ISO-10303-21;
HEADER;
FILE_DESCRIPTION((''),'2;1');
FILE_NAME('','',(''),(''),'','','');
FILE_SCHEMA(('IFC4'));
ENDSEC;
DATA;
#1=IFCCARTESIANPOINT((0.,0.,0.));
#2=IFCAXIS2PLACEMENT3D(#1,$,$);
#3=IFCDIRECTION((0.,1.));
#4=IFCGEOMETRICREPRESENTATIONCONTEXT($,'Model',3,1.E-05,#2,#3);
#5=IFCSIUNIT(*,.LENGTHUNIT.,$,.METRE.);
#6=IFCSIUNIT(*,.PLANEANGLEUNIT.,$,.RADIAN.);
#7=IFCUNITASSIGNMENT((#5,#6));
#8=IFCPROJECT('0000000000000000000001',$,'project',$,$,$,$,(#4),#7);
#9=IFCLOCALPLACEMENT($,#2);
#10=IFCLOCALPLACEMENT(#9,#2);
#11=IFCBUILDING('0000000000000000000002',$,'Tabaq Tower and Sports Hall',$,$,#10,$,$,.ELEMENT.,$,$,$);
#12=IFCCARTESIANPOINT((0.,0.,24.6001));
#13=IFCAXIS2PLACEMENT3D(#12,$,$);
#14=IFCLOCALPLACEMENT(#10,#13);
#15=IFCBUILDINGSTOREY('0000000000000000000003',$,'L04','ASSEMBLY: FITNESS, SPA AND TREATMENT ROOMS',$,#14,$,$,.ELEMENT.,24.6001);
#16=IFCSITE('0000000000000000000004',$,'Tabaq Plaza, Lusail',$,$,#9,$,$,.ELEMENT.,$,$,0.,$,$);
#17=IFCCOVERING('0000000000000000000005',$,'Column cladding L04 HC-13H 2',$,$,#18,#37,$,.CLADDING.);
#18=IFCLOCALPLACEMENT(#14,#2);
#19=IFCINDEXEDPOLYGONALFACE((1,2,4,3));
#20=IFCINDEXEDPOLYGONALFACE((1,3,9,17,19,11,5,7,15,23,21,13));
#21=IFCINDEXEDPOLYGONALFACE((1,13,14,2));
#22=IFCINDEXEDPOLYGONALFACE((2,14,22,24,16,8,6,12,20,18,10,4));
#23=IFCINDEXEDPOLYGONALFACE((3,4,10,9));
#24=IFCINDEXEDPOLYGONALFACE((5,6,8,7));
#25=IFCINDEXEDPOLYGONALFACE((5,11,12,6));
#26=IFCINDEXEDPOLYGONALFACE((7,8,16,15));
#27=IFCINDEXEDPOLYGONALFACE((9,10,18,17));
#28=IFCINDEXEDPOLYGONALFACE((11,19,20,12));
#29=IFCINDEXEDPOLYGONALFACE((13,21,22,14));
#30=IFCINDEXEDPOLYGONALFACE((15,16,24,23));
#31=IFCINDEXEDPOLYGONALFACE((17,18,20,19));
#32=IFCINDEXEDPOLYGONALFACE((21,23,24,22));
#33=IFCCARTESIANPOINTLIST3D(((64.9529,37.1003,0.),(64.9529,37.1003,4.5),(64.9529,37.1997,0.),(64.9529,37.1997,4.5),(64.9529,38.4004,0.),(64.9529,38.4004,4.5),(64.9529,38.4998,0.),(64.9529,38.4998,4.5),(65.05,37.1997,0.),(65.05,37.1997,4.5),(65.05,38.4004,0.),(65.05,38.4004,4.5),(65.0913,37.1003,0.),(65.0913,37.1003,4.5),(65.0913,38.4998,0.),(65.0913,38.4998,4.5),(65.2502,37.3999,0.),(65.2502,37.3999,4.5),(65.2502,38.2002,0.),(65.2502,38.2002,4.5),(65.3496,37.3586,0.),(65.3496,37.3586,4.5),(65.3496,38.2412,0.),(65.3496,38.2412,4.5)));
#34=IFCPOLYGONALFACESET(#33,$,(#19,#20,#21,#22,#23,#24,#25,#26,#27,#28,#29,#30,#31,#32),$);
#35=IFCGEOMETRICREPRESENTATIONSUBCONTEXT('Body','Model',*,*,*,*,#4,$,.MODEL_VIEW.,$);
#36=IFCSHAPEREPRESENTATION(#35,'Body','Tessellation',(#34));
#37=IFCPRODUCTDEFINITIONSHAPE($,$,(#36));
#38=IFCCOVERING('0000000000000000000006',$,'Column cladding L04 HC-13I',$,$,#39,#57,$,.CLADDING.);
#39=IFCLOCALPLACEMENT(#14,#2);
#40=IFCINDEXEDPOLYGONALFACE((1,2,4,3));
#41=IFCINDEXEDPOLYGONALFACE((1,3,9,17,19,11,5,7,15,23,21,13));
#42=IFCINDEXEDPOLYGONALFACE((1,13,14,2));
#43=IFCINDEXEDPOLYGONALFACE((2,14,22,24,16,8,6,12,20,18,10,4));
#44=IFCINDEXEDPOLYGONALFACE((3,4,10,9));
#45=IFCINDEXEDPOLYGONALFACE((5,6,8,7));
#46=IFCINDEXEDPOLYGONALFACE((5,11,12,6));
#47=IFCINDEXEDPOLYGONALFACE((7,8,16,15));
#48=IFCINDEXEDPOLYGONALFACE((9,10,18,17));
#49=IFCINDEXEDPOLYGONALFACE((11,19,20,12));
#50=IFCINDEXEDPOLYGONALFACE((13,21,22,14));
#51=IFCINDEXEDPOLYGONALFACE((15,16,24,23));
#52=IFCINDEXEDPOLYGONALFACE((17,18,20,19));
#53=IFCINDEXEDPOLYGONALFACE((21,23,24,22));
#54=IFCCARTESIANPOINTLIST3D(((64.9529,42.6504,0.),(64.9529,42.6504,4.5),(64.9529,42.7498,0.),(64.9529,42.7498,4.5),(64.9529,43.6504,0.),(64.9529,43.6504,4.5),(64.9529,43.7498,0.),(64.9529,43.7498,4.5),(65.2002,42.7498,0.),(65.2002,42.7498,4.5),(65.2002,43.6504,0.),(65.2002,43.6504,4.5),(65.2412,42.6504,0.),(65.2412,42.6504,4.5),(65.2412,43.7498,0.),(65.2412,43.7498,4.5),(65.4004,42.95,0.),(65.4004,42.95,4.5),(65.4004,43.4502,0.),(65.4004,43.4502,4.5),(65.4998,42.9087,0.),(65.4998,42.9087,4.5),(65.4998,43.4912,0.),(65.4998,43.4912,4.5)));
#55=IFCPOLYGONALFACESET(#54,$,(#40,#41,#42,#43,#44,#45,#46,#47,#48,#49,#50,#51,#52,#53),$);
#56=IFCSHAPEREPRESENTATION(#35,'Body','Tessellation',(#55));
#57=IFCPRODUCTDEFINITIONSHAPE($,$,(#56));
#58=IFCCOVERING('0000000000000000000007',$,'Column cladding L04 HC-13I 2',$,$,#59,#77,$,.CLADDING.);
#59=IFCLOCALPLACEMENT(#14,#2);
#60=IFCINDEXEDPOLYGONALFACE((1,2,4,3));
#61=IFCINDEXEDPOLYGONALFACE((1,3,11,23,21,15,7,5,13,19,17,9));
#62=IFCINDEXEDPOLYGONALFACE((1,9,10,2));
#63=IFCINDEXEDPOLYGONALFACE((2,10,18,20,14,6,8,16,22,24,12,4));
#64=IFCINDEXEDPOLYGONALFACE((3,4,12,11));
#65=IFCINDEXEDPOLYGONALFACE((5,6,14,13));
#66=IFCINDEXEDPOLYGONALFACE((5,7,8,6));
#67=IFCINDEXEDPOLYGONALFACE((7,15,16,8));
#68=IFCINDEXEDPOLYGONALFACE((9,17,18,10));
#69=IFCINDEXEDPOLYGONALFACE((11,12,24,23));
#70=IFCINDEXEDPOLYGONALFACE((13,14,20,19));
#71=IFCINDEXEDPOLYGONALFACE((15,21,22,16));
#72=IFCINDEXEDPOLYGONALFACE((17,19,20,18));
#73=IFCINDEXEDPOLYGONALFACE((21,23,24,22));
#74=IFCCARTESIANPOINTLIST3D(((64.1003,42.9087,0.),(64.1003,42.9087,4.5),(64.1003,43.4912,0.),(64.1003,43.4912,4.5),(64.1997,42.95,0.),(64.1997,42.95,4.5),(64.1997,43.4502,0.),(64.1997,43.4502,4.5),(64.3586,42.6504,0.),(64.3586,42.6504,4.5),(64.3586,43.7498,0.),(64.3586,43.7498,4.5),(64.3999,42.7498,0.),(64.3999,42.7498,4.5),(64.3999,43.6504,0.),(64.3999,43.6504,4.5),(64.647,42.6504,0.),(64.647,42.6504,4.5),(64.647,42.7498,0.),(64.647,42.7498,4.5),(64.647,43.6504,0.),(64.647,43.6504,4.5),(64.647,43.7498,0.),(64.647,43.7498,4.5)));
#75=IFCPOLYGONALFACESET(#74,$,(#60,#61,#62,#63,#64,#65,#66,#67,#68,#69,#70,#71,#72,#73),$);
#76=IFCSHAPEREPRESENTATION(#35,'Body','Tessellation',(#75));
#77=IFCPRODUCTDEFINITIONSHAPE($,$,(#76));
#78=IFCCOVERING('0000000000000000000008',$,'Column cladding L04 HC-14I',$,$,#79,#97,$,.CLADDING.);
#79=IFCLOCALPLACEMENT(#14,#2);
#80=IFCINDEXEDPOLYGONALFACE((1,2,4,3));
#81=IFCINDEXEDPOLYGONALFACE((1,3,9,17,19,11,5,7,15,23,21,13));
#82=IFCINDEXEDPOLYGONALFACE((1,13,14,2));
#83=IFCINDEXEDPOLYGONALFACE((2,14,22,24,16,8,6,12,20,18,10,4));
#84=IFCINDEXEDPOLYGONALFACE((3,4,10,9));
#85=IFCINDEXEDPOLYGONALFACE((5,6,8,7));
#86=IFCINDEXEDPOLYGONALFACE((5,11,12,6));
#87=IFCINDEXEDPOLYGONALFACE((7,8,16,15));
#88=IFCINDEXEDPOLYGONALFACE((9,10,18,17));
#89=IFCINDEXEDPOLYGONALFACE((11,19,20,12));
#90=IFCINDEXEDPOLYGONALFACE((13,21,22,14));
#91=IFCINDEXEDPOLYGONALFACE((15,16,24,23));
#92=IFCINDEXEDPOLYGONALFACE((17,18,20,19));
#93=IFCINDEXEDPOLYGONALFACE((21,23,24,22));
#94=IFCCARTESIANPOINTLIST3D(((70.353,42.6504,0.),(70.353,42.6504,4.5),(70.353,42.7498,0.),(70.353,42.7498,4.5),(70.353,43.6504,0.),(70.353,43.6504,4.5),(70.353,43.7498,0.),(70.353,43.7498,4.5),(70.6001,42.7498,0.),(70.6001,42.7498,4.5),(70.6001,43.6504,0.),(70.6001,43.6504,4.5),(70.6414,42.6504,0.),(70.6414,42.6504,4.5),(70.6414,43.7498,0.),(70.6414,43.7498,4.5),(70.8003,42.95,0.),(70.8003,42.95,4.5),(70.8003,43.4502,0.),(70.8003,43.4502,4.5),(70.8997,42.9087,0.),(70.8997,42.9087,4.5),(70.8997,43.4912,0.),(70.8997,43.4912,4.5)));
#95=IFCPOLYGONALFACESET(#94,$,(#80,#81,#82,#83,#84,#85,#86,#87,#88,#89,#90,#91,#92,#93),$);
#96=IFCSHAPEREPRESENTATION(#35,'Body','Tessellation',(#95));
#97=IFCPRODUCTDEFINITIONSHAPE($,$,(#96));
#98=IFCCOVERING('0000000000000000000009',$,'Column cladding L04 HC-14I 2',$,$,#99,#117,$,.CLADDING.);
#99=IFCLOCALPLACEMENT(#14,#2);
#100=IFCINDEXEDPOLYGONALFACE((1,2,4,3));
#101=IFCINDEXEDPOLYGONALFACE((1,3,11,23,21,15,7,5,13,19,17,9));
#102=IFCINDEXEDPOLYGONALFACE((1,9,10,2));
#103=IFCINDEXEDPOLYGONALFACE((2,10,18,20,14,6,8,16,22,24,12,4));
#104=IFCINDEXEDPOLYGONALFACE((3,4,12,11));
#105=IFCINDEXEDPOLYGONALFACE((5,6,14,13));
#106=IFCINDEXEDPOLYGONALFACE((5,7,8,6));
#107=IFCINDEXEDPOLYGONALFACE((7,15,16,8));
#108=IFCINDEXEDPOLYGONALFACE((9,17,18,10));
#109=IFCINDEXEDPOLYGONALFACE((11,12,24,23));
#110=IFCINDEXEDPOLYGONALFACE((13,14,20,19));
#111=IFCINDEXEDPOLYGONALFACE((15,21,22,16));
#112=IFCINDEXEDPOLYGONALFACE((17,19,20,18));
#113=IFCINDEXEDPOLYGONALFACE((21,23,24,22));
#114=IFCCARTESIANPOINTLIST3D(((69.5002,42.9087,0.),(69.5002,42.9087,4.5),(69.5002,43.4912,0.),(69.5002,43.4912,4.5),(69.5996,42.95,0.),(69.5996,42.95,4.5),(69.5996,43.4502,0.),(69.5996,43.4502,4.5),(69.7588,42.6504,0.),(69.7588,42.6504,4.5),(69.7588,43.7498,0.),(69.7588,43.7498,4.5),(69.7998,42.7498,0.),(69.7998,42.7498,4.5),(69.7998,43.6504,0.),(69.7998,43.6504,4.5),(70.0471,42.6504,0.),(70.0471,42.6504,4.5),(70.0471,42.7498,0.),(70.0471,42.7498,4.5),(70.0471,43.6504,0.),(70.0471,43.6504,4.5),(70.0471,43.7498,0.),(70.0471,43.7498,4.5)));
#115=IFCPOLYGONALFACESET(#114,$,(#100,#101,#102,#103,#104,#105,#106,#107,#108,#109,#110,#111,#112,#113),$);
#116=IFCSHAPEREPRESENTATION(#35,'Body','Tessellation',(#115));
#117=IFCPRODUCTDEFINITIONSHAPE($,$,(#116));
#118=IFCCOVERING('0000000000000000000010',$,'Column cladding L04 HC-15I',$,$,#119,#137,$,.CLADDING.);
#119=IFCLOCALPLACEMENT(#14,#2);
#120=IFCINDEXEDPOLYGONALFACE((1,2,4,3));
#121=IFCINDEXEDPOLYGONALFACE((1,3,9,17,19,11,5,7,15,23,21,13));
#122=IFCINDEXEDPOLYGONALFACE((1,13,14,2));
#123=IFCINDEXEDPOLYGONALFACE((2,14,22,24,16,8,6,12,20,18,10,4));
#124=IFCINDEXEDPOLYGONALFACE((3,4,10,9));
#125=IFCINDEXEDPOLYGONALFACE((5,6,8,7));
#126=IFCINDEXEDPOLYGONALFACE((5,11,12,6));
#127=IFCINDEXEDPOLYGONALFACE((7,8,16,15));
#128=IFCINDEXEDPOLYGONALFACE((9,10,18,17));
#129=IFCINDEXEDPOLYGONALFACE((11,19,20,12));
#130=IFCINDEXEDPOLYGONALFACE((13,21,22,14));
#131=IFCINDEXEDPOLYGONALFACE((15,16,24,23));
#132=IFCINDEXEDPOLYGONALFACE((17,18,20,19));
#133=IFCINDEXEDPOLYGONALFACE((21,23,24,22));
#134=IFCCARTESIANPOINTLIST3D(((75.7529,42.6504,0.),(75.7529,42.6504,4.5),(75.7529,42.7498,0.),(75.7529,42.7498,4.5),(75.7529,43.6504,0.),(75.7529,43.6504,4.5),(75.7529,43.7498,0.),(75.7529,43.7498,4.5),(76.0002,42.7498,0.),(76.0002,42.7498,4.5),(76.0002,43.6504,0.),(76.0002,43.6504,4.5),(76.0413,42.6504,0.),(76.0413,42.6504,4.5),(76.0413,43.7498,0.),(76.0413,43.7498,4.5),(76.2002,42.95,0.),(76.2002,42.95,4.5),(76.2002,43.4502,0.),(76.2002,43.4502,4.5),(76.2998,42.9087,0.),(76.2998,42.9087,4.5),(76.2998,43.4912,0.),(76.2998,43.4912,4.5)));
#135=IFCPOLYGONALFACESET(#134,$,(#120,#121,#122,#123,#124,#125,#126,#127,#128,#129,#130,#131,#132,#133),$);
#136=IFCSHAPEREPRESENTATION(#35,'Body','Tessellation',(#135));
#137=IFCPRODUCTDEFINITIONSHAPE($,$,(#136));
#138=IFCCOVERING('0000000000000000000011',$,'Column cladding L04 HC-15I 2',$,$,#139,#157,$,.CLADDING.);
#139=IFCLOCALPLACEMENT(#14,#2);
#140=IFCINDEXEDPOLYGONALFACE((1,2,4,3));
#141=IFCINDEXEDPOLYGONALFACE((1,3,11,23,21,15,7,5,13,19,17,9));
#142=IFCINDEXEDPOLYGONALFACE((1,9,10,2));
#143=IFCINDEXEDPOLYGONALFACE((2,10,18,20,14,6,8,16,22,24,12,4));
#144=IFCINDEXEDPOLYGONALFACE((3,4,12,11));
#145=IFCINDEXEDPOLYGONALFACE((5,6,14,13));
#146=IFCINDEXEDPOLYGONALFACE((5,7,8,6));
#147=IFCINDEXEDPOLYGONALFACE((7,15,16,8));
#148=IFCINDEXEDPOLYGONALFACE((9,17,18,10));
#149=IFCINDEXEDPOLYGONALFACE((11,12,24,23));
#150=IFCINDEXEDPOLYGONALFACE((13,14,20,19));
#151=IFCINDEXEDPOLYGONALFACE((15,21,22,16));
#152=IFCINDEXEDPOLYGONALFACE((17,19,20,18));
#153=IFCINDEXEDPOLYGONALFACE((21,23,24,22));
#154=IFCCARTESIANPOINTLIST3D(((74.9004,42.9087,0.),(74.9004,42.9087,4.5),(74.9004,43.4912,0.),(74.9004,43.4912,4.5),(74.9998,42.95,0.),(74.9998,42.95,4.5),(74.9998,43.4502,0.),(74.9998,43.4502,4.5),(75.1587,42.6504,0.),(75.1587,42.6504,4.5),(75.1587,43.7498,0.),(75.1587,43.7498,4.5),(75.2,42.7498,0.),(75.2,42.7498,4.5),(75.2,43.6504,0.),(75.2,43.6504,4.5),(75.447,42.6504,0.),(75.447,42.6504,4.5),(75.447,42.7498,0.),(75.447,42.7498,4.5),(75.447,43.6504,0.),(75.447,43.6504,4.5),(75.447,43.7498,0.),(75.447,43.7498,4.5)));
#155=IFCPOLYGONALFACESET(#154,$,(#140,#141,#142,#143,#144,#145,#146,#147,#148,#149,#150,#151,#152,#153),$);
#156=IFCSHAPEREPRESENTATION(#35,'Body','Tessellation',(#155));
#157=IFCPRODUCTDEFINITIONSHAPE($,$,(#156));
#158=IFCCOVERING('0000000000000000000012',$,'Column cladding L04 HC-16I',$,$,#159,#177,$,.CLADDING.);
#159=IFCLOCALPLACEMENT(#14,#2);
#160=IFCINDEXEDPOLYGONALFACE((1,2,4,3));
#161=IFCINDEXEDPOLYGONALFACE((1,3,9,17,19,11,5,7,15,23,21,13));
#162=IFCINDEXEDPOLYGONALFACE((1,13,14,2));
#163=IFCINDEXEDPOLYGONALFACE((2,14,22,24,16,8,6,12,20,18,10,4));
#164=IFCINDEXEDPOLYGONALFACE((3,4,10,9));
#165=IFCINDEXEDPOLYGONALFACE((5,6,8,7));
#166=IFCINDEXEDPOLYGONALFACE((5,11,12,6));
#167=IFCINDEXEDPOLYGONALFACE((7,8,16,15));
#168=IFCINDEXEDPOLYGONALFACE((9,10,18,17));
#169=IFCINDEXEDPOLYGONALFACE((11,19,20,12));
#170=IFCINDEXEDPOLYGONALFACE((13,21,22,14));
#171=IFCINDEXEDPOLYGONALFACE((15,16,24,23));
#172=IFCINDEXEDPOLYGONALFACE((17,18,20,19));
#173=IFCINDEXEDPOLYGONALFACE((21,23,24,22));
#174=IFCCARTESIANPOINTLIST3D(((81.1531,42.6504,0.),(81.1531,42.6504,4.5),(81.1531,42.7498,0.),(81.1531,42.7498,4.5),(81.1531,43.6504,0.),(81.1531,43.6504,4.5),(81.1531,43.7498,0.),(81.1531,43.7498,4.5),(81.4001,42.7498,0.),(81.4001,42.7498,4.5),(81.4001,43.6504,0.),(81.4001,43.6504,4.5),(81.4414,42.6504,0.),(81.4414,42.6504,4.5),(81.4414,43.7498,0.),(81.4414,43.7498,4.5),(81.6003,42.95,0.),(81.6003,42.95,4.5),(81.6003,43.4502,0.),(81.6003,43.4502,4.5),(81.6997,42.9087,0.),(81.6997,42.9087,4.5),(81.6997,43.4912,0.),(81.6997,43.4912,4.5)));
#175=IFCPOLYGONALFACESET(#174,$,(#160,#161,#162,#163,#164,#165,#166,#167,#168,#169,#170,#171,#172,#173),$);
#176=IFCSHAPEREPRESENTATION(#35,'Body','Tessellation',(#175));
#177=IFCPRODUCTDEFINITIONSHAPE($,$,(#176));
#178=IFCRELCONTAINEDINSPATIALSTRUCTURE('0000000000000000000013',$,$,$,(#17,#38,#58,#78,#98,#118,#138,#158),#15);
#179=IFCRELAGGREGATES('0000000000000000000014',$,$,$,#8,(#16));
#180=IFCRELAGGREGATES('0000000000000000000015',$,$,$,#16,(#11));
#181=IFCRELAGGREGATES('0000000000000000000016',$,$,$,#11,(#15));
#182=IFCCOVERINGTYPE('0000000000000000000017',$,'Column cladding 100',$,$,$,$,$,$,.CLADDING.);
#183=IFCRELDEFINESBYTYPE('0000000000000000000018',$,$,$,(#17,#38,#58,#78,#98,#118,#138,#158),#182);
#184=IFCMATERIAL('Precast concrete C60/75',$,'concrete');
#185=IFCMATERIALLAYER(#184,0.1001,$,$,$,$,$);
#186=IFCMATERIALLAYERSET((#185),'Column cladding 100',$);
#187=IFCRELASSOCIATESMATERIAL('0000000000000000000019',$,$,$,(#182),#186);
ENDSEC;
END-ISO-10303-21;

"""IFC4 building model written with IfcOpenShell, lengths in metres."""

from ifc_helpers import new_model, si_unit, direction, frame, origin, place, context, subcontext, project, spatial, polyline, outline, extrude, material, layer, layer_set, type_object, element, save


model = new_model("IFC4")

# Units and contexts
model_context = context("Model", 3, precision=1e-05, world=origin(), true_north=direction((0.0, 1.0)))
body_context = subcontext(model_context, "Body", "Model", "MODEL_VIEW")
ifc_project = project(units=[si_unit("LENGTHUNIT", "METRE"), si_unit("PLANEANGLEUNIT", "RADIAN")], contexts=[model_context])

# Site, building, storey
site_placement = place(None, origin())
site = spatial("IfcSite", under=ifc_project, at=site_placement, Name="Tabaq Plaza, Lusail", CompositionType="ELEMENT", RefElevation=0.0)
building_placement = place(site_placement, origin())
building = spatial("IfcBuilding", under=site, at=building_placement, Name="Tabaq Tower and Sports Hall", CompositionType="ELEMENT")
storey_placement = place(building_placement, frame((0.0, 0.0, 24.6001)))
storey = spatial("IfcBuildingStorey", under=building, at=storey_placement, Name="L04", Description="ASSEMBLY: FITNESS, SPA AND TREATMENT ROOMS", CompositionType="ELEMENT", Elevation=24.6001)

# Coverings
ifc_material_1 = material(Name="Precast concrete C60/75", Category="concrete")
ifc_layer_1 = layer(ifc_material_1, 0.1001)
ifc_layer_set_1 = layer_set([ifc_layer_1], Name="Column cladding 100")
covering_type = type_object("IfcCoveringType", Name="Column cladding 100", PredefinedType="CLADDING", material=ifc_layer_set_1)
covering_1_placement = place(storey_placement, origin())
element("IfcCovering", 1, at=covering_1_placement, inside=storey, type_object=covering_type, Name="Column cladding L04 HC-13H 2", PredefinedType="CLADDING", context=body_context, shape_type="SweptSolid", body=[
    extrude(outline(polyline([(64.9529, 37.1003), (64.9529, 37.1997), (65.05, 37.1997), (65.2502, 37.3999), (65.2502, 38.2002), (65.05, 38.4004), (64.9529, 38.4004), (64.9529, 38.4998), (65.0913, 38.4998), (65.3496, 38.2412), (65.3496, 37.3586), (65.0913, 37.1003), (64.9529, 37.1003)])), origin(), (0.0, 0.0, 1.0), 4.5),
])
covering_2_placement = place(storey_placement, origin())
element("IfcCovering", 2, at=covering_2_placement, inside=storey, type_object=covering_type, Name="Column cladding L04 HC-13I", PredefinedType="CLADDING", context=body_context, shape_type="SweptSolid", body=[
    extrude(outline(polyline([(65.2412, 43.7498), (65.4998, 43.4912), (65.4998, 42.9087), (65.2412, 42.6504), (64.9529, 42.6504), (64.9529, 42.7498), (65.2002, 42.7498), (65.4004, 42.95), (65.4004, 43.4502), (65.2002, 43.6504), (64.9529, 43.6504), (64.9529, 43.7498), (65.2412, 43.7498)])), origin(), (0.0, 0.0, 1.0), 4.5),
])
covering_3_placement = place(storey_placement, origin())
element("IfcCovering", 3, at=covering_3_placement, inside=storey, type_object=covering_type, Name="Column cladding L04 HC-13I 2", PredefinedType="CLADDING", context=body_context, shape_type="SweptSolid", body=[
    extrude(outline(polyline([(64.1003, 43.4912), (64.3586, 43.7498), (64.647, 43.7498), (64.647, 43.6504), (64.3999, 43.6504), (64.1997, 43.4502), (64.1997, 42.95), (64.3999, 42.7498), (64.647, 42.7498), (64.647, 42.6504), (64.3586, 42.6504), (64.1003, 42.9087), (64.1003, 43.4912)])), origin(), (0.0, 0.0, 1.0), 4.5),
])
covering_4_placement = place(storey_placement, origin())
element("IfcCovering", 4, at=covering_4_placement, inside=storey, type_object=covering_type, Name="Column cladding L04 HC-14I", PredefinedType="CLADDING", context=body_context, shape_type="SweptSolid", body=[
    extrude(outline(polyline([(70.6414, 43.7498), (70.8997, 43.4912), (70.8997, 42.9087), (70.6414, 42.6504), (70.353, 42.6504), (70.353, 42.7498), (70.6001, 42.7498), (70.8003, 42.95), (70.8003, 43.4502), (70.6001, 43.6504), (70.353, 43.6504), (70.353, 43.7498), (70.6414, 43.7498)])), origin(), (0.0, 0.0, 1.0), 4.5),
])
covering_5_placement = place(storey_placement, origin())
element("IfcCovering", 5, at=covering_5_placement, inside=storey, type_object=covering_type, Name="Column cladding L04 HC-14I 2", PredefinedType="CLADDING", context=body_context, shape_type="SweptSolid", body=[
    extrude(outline(polyline([(69.5002, 43.4912), (69.7588, 43.7498), (70.0471, 43.7498), (70.0471, 43.6504), (69.7998, 43.6504), (69.5996, 43.4502), (69.5996, 42.95), (69.7998, 42.7498), (70.0471, 42.7498), (70.0471, 42.6504), (69.7588, 42.6504), (69.5002, 42.9087), (69.5002, 43.4912)])), origin(), (0.0, 0.0, 1.0), 4.5),
])
covering_6_placement = place(storey_placement, origin())
element("IfcCovering", 6, at=covering_6_placement, inside=storey, type_object=covering_type, Name="Column cladding L04 HC-15I", PredefinedType="CLADDING", context=body_context, shape_type="SweptSolid", body=[
    extrude(outline(polyline([(76.0413, 43.7498), (76.2998, 43.4912), (76.2998, 42.9087), (76.0413, 42.6504), (75.7529, 42.6504), (75.7529, 42.7498), (76.0002, 42.7498), (76.2002, 42.95), (76.2002, 43.4502), (76.0002, 43.6504), (75.7529, 43.6504), (75.7529, 43.7498), (76.0413, 43.7498)])), origin(), (0.0, 0.0, 1.0), 4.5),
])
covering_7_placement = place(storey_placement, origin())
element("IfcCovering", 7, at=covering_7_placement, inside=storey, type_object=covering_type, Name="Column cladding L04 HC-15I 2", PredefinedType="CLADDING", context=body_context, shape_type="SweptSolid", body=[
    extrude(outline(polyline([(74.9004, 43.4912), (75.1587, 43.7498), (75.447, 43.7498), (75.447, 43.6504), (75.2, 43.6504), (74.9998, 43.4502), (74.9998, 42.95), (75.2, 42.7498), (75.447, 42.7498), (75.447, 42.6504), (75.1587, 42.6504), (74.9004, 42.9087), (74.9004, 43.4912)])), origin(), (0.0, 0.0, 1.0), 4.5),
])
covering_8_placement = place(storey_placement, origin())
element("IfcCovering", 8, at=covering_8_placement, inside=storey, type_object=covering_type, Name="Column cladding L04 HC-16I", PredefinedType="CLADDING", context=body_context, shape_type="SweptSolid", body=[
    extrude(outline(polyline([(81.4414, 43.7498), (81.6997, 43.4912), (81.6997, 42.9087), (81.4414, 42.6504), (81.1531, 42.6504), (81.1531, 42.7498), (81.4001, 42.7498), (81.6003, 42.95), (81.6003, 43.4502), (81.4001, 43.6504), (81.1531, 43.6504), (81.1531, 43.7498), (81.4414, 43.7498)])), origin(), (0.0, 0.0, 1.0), 4.5),
])

save(model, "model.ifc")
